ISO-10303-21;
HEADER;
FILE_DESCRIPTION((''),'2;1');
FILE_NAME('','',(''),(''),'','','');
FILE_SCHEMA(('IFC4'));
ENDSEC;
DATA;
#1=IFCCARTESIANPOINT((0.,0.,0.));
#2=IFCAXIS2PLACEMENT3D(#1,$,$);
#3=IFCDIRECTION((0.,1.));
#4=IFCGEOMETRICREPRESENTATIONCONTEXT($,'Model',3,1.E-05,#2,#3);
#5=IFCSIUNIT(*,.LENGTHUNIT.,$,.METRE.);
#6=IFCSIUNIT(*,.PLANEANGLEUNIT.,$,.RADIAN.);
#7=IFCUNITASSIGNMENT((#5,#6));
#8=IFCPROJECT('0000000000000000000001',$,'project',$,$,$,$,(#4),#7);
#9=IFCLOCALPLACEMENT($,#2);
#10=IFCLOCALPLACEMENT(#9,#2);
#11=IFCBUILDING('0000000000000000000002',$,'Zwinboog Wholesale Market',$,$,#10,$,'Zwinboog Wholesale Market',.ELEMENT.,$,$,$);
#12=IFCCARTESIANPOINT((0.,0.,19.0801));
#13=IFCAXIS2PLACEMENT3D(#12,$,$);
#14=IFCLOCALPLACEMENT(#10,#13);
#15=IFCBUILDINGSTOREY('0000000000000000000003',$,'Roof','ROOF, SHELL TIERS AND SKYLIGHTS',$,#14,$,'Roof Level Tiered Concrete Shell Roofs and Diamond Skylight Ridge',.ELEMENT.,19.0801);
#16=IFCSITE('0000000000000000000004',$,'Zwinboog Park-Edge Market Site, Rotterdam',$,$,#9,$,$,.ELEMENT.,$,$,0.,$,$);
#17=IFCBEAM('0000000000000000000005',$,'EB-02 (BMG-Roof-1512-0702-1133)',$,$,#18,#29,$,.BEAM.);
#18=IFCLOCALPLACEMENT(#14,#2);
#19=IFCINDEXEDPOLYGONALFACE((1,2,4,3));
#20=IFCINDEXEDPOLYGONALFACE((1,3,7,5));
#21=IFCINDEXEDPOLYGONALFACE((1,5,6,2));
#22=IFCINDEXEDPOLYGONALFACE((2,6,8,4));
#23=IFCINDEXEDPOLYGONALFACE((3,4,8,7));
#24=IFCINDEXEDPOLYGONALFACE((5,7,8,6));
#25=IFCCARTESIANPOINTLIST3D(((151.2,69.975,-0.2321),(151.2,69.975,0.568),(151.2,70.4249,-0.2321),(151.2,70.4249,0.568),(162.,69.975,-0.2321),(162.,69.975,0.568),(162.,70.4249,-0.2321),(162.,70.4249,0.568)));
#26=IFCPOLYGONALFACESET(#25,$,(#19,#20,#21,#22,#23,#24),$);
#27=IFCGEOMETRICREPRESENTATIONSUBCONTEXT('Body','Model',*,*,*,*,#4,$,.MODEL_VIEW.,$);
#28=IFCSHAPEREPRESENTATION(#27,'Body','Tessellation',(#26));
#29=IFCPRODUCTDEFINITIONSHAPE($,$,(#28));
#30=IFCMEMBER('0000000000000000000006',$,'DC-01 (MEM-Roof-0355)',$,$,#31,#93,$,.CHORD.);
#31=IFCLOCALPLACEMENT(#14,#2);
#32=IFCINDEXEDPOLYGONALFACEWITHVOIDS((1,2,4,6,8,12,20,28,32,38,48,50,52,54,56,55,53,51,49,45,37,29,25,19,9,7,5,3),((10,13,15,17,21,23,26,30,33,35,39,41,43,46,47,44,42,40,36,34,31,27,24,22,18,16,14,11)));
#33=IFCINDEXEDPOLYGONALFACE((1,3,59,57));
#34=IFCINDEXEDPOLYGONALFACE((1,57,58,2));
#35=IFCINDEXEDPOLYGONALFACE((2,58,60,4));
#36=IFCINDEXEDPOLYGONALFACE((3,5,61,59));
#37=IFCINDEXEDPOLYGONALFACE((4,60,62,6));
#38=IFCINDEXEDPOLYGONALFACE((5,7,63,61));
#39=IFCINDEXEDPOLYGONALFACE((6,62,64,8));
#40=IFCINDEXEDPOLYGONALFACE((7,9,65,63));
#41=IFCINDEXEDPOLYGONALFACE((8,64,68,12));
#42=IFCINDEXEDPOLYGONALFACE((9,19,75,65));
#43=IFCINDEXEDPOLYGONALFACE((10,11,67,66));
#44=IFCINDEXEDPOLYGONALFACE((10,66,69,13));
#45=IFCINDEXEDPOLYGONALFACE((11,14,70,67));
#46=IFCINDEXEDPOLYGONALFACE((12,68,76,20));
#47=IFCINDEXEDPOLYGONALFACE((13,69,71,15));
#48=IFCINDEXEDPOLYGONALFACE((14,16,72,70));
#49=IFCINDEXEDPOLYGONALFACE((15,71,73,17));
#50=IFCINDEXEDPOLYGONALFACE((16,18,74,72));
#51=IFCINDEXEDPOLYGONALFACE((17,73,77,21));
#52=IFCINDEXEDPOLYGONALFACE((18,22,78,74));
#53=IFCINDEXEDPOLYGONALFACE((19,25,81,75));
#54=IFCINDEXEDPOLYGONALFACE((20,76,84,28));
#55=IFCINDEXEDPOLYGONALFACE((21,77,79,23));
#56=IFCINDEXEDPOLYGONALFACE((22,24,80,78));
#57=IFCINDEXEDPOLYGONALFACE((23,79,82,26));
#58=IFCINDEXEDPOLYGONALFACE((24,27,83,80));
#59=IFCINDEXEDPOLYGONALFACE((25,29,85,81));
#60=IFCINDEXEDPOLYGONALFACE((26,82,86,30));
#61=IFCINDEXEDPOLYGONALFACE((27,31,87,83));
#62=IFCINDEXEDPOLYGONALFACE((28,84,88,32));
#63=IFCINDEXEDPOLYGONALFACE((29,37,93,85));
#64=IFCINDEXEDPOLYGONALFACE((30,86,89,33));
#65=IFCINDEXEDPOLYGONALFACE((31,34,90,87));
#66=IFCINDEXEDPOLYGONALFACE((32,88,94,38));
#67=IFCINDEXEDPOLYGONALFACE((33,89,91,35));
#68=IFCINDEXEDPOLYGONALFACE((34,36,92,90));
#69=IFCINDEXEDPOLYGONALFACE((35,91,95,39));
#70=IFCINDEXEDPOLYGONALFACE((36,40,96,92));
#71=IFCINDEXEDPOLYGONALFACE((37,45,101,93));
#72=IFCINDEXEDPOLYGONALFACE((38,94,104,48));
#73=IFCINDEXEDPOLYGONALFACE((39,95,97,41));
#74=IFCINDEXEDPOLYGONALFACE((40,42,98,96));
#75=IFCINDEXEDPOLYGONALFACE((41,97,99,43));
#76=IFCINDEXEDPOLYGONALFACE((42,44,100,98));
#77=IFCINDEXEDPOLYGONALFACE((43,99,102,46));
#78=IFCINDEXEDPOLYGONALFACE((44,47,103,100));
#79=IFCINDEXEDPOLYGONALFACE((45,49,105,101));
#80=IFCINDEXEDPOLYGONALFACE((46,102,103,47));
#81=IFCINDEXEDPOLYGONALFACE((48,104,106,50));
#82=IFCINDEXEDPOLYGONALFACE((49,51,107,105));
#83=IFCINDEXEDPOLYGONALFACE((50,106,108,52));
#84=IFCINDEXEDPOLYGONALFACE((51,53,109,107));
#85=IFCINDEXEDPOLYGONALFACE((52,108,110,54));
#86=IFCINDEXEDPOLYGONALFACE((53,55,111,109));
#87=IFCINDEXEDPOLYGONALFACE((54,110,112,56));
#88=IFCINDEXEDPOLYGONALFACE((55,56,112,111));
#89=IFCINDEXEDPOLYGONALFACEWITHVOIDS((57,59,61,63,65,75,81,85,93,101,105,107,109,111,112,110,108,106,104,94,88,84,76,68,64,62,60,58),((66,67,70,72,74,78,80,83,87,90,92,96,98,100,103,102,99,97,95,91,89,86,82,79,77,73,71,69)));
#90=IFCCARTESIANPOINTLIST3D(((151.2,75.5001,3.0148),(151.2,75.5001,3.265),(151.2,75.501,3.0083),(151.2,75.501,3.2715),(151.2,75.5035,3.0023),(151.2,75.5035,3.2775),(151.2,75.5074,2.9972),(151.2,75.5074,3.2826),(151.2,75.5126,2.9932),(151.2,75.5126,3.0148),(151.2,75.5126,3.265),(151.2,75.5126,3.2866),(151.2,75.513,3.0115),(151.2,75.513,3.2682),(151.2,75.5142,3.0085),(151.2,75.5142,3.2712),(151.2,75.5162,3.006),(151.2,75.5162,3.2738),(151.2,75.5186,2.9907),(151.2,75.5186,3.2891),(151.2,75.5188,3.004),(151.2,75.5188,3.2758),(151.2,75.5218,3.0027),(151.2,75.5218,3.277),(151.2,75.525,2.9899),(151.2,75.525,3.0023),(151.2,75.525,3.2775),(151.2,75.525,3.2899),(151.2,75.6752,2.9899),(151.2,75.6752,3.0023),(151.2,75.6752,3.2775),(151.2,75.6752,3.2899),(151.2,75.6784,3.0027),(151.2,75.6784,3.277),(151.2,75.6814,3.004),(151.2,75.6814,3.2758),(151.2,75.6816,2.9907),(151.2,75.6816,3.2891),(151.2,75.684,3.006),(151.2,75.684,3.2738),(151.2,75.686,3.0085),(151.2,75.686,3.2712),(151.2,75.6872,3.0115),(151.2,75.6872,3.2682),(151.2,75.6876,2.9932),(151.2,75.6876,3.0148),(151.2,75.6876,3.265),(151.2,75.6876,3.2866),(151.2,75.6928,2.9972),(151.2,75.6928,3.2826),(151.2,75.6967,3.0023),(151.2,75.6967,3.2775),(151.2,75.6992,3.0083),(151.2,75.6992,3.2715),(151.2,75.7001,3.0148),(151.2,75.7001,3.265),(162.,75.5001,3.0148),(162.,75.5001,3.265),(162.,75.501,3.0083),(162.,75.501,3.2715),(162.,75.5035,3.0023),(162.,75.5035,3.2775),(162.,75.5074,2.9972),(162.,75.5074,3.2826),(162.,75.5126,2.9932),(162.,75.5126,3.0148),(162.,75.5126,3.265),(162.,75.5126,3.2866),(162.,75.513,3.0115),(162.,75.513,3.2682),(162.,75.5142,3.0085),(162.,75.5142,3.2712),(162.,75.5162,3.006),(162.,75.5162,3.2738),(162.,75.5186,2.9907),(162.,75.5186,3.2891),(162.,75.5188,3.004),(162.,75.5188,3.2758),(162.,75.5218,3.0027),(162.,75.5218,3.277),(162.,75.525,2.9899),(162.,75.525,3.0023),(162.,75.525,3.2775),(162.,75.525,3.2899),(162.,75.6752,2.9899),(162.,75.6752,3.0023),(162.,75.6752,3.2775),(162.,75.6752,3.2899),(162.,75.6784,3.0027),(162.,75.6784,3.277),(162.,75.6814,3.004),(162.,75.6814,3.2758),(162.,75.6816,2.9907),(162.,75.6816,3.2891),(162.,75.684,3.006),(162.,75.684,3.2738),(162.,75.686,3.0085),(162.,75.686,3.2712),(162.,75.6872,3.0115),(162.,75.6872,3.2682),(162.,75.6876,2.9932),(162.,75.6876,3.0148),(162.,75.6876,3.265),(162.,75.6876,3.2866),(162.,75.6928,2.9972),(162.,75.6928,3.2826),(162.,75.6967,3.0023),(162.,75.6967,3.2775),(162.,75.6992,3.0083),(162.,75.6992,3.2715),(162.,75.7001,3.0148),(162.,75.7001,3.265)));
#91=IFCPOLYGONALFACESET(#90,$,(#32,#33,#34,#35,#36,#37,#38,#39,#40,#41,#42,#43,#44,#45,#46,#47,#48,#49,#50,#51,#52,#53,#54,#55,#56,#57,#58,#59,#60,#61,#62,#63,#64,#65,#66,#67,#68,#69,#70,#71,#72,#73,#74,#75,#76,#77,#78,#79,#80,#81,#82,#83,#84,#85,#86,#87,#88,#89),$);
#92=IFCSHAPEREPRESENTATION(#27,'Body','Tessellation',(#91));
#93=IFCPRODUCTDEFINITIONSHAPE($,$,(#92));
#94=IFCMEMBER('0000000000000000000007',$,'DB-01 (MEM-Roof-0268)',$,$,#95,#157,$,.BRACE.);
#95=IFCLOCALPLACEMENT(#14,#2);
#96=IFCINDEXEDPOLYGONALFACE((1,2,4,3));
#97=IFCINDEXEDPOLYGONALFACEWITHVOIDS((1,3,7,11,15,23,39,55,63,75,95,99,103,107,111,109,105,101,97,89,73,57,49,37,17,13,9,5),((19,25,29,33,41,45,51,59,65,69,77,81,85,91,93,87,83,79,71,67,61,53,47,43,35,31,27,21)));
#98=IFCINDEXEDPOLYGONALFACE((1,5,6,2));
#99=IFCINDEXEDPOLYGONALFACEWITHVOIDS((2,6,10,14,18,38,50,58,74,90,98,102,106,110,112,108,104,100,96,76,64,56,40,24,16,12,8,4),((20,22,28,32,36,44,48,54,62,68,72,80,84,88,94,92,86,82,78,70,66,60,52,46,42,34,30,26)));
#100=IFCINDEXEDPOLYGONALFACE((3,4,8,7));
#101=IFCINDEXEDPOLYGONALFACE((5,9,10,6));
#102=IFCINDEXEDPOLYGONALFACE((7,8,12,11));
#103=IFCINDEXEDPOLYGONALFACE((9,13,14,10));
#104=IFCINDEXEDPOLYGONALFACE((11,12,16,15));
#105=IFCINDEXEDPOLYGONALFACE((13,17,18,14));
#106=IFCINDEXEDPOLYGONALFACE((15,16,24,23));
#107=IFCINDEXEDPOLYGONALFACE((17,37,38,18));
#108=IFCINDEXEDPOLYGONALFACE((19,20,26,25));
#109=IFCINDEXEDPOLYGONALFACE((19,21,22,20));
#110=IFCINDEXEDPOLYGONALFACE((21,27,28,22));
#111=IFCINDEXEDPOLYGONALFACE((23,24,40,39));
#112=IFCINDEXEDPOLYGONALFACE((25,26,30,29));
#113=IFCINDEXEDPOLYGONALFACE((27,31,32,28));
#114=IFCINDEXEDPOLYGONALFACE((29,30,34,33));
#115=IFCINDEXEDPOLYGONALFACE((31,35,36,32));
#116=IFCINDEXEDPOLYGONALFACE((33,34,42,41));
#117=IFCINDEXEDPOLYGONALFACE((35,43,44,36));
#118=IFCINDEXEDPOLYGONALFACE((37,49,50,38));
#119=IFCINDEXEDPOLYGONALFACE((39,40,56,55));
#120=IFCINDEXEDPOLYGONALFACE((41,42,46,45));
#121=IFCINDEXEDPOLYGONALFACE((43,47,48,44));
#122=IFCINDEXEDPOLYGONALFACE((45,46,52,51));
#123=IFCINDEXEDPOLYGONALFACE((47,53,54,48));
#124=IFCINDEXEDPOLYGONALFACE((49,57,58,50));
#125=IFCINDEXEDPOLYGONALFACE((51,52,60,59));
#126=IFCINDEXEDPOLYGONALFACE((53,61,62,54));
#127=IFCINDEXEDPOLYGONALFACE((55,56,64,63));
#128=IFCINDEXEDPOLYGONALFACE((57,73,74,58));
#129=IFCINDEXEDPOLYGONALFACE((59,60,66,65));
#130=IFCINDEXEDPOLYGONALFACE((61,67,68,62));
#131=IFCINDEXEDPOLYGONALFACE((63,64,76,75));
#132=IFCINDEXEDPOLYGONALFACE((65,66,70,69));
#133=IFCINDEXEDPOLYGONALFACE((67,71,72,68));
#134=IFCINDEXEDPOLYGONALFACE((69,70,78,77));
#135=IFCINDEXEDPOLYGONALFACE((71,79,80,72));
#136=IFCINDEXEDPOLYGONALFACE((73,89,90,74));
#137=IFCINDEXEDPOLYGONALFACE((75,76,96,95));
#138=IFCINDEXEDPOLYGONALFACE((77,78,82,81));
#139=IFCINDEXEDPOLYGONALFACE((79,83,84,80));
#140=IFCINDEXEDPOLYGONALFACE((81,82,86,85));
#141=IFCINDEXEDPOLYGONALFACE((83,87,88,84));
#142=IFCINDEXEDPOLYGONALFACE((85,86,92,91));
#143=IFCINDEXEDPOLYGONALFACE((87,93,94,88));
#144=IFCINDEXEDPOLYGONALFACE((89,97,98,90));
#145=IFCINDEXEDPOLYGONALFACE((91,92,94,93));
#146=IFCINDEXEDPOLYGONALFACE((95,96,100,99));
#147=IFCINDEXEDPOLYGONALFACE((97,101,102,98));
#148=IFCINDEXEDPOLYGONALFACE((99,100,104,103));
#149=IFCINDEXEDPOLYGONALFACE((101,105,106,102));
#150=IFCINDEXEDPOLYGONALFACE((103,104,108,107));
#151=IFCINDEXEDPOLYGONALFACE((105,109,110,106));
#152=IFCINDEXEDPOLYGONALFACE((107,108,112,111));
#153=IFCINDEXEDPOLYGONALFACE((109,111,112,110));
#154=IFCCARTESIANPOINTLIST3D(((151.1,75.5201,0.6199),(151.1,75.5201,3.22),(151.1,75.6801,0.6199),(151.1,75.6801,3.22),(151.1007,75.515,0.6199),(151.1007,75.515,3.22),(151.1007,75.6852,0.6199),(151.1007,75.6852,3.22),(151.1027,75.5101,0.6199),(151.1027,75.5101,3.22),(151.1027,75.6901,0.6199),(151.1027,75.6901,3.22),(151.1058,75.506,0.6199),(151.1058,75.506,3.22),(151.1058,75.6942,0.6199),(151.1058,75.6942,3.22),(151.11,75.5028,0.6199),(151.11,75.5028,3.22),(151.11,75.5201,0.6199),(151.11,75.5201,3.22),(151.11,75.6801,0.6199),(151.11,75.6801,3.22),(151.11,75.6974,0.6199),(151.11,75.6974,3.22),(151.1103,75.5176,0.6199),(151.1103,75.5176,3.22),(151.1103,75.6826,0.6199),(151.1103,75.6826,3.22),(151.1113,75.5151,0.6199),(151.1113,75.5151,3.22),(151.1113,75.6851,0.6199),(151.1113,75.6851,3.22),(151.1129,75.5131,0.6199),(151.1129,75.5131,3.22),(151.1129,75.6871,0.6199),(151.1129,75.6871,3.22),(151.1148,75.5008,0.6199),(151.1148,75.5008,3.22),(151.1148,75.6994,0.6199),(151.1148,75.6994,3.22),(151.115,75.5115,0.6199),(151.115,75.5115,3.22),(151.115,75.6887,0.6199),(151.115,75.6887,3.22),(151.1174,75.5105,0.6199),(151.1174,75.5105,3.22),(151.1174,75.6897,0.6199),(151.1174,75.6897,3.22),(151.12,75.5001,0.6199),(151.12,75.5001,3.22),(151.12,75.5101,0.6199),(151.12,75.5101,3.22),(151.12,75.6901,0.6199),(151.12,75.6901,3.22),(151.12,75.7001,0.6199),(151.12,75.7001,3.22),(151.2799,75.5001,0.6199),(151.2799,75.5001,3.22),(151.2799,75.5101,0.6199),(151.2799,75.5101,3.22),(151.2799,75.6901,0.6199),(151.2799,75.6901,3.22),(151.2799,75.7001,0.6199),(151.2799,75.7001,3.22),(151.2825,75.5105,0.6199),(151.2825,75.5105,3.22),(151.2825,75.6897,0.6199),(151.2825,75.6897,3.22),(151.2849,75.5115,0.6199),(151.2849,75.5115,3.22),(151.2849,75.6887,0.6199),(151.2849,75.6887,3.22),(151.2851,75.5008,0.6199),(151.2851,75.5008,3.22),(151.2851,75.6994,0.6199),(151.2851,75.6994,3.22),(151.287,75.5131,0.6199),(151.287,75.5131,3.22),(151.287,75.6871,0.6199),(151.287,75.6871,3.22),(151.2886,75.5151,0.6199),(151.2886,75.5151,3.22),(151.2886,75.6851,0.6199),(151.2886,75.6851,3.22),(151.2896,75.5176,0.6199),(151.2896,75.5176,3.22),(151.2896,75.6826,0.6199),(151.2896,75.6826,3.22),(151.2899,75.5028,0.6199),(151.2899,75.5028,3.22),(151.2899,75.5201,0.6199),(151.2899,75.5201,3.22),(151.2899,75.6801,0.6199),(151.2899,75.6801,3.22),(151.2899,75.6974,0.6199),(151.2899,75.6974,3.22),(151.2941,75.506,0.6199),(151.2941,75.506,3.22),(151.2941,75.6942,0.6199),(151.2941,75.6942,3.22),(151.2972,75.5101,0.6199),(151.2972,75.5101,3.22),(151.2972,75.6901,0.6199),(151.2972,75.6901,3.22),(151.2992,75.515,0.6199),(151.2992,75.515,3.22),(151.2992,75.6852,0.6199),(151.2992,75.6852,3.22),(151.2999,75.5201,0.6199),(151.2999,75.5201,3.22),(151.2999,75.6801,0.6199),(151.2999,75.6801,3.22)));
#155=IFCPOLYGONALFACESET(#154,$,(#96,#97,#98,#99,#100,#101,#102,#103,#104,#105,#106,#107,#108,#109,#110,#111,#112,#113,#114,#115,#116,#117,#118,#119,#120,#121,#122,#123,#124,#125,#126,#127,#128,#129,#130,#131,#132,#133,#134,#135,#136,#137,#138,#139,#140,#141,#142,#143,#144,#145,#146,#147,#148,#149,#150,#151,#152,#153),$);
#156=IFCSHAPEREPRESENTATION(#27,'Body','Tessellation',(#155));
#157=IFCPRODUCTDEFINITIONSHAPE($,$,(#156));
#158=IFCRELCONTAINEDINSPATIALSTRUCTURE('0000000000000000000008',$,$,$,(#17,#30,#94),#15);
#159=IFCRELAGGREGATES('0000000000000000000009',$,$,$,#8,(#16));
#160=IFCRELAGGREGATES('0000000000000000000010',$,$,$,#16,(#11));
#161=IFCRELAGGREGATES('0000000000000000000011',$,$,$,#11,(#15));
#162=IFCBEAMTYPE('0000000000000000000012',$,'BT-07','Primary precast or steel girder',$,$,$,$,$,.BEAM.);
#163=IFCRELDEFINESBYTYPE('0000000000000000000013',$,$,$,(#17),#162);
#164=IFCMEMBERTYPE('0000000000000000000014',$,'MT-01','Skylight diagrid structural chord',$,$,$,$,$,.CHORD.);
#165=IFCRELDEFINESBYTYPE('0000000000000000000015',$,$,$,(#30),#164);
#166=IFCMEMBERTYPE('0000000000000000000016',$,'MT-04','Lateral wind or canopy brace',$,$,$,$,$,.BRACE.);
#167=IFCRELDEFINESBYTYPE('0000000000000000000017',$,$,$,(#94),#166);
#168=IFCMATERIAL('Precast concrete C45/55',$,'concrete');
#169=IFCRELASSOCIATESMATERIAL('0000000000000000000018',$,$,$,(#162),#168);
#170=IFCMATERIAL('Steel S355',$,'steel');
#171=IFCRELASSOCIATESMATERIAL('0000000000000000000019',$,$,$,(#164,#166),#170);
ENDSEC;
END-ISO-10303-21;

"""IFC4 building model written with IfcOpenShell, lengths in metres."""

from ifc_helpers import new_model, si_unit, direction, frame, origin, origin_2d, place, context, subcontext, project, spatial, rectangle, hollow_rectangle, extrude, material, material_profile, profile_set, type_object, element, save


model = new_model("IFC4")

# Units and contexts
model_context = context("Model", 3, precision=1e-05, world=origin(), true_north=direction((0.0, 1.0)))
body_context = subcontext(model_context, "Body", "Model", "MODEL_VIEW")
ifc_project = project(units=[si_unit("LENGTHUNIT", "METRE"), si_unit("PLANEANGLEUNIT", "RADIAN")], contexts=[model_context])

# Site, building, storey
site_placement = place(None, origin())
site = spatial("IfcSite", under=ifc_project, at=site_placement, Name="Zwinboog Park-Edge Market Site, Rotterdam", CompositionType="ELEMENT", RefElevation=0.0)
building_placement = place(site_placement, origin())
building = spatial("IfcBuilding", under=site, at=building_placement, Name="Zwinboog Wholesale Market", LongName="Zwinboog Wholesale Market", CompositionType="ELEMENT")
storey_placement = place(building_placement, frame((0.0, 0.0, 19.0801)))
storey = spatial("IfcBuildingStorey", under=building, at=storey_placement, Name="Roof", Description="ROOF, SHELL TIERS AND SKYLIGHTS", LongName="Roof Level Tiered Concrete Shell Roofs and Diamond Skylight Ridge", CompositionType="ELEMENT", Elevation=19.0801)

# Beam
ifc_material_1 = material(Name="Precast concrete C45/55", Category="concrete")
ifc_material_profile_1 = material_profile(ifc_material_1, rectangle(XDim=0.45, YDim=0.8, at=origin_2d()), Name="PC 450x800")
ifc_profile_set_1 = profile_set([ifc_material_profile_1], Name="Precast concrete C45/55")
beam_type = type_object("IfcBeamType", Name="BT-07", Description="Primary precast or steel girder", PredefinedType="BEAM", material=ifc_profile_set_1)
beam_placement = place(storey_placement, frame((151.2, 70.2, 0.168), z_axis=(1.0, 0.0, 0.0), x_axis=(0.0, 1.0, 0.0)))
element("IfcBeam", 1, at=beam_placement, inside=storey, type_object=beam_type, Name="EB-02 (BMG-Roof-1512-0702-1133)", PredefinedType="BEAM", context=body_context, shape_type="SweptSolid", body=[
    extrude(rectangle(XDim=0.45, YDim=0.8, at=origin_2d()), origin(), (0.0, 0.0, 1.0), 10.8),
])

# Members
ifc_material_2 = material(Name="Steel S355", Category="steel")
ifc_material_profile_2 = material_profile(ifc_material_2, hollow_rectangle(XDim=0.2, YDim=0.3, WallThickness=0.0125, InnerFilletRadius=0.0125, OuterFilletRadius=0.0249, at=origin_2d()), Name="RHS 300x200x12.5")
ifc_profile_set_2 = profile_set([ifc_material_profile_2], Name="Steel S355")
member_type_1 = type_object("IfcMemberType", Name="MT-01", Description="Skylight diagrid structural chord", PredefinedType="CHORD", material=ifc_profile_set_2)
member_1_placement = place(storey_placement, frame((151.2, 75.6001, 3.1399), z_axis=(1.0, 0.0, 0.0), x_axis=(0.0, 1.0, 0.0)))
element("IfcMember", 2, at=member_1_placement, inside=storey, type_object=member_type_1, Name="DC-01 (MEM-Roof-0355)", PredefinedType="CHORD", context=body_context, shape_type="SweptSolid", body=[
    extrude(hollow_rectangle(XDim=0.2, YDim=0.3, WallThickness=0.0125, InnerFilletRadius=0.0125, OuterFilletRadius=0.0249, at=origin_2d()), origin(), (0.0, 0.0, 1.0), 10.8),
])
ifc_material_profile_3 = material_profile(ifc_material_2, hollow_rectangle(XDim=0.2, YDim=0.2, WallThickness=0.01, InnerFilletRadius=0.01, OuterFilletRadius=0.02, at=origin_2d()), Name="SHS 200x200x10")
ifc_profile_set_3 = profile_set([ifc_material_profile_3], Name="Steel S355")
member_type_2 = type_object("IfcMemberType", Name="MT-04", Description="Lateral wind or canopy brace", PredefinedType="BRACE", material=ifc_profile_set_3)
member_2_placement = place(storey_placement, frame((151.2, 75.6001, 0.6199), z_axis=(0.0, 0.0, 1.0), x_axis=(1.0, 0.0, 0.0)))
element("IfcMember", 3, at=member_2_placement, inside=storey, type_object=member_type_2, Name="DB-01 (MEM-Roof-0268)", PredefinedType="BRACE", context=body_context, shape_type="SweptSolid", body=[
    extrude(hollow_rectangle(XDim=0.2, YDim=0.2, WallThickness=0.01, InnerFilletRadius=0.01, OuterFilletRadius=0.02, at=origin_2d()), origin(), (0.0, 0.0, 1.0), 2.6001),
])

save(model, "model.ifc")
